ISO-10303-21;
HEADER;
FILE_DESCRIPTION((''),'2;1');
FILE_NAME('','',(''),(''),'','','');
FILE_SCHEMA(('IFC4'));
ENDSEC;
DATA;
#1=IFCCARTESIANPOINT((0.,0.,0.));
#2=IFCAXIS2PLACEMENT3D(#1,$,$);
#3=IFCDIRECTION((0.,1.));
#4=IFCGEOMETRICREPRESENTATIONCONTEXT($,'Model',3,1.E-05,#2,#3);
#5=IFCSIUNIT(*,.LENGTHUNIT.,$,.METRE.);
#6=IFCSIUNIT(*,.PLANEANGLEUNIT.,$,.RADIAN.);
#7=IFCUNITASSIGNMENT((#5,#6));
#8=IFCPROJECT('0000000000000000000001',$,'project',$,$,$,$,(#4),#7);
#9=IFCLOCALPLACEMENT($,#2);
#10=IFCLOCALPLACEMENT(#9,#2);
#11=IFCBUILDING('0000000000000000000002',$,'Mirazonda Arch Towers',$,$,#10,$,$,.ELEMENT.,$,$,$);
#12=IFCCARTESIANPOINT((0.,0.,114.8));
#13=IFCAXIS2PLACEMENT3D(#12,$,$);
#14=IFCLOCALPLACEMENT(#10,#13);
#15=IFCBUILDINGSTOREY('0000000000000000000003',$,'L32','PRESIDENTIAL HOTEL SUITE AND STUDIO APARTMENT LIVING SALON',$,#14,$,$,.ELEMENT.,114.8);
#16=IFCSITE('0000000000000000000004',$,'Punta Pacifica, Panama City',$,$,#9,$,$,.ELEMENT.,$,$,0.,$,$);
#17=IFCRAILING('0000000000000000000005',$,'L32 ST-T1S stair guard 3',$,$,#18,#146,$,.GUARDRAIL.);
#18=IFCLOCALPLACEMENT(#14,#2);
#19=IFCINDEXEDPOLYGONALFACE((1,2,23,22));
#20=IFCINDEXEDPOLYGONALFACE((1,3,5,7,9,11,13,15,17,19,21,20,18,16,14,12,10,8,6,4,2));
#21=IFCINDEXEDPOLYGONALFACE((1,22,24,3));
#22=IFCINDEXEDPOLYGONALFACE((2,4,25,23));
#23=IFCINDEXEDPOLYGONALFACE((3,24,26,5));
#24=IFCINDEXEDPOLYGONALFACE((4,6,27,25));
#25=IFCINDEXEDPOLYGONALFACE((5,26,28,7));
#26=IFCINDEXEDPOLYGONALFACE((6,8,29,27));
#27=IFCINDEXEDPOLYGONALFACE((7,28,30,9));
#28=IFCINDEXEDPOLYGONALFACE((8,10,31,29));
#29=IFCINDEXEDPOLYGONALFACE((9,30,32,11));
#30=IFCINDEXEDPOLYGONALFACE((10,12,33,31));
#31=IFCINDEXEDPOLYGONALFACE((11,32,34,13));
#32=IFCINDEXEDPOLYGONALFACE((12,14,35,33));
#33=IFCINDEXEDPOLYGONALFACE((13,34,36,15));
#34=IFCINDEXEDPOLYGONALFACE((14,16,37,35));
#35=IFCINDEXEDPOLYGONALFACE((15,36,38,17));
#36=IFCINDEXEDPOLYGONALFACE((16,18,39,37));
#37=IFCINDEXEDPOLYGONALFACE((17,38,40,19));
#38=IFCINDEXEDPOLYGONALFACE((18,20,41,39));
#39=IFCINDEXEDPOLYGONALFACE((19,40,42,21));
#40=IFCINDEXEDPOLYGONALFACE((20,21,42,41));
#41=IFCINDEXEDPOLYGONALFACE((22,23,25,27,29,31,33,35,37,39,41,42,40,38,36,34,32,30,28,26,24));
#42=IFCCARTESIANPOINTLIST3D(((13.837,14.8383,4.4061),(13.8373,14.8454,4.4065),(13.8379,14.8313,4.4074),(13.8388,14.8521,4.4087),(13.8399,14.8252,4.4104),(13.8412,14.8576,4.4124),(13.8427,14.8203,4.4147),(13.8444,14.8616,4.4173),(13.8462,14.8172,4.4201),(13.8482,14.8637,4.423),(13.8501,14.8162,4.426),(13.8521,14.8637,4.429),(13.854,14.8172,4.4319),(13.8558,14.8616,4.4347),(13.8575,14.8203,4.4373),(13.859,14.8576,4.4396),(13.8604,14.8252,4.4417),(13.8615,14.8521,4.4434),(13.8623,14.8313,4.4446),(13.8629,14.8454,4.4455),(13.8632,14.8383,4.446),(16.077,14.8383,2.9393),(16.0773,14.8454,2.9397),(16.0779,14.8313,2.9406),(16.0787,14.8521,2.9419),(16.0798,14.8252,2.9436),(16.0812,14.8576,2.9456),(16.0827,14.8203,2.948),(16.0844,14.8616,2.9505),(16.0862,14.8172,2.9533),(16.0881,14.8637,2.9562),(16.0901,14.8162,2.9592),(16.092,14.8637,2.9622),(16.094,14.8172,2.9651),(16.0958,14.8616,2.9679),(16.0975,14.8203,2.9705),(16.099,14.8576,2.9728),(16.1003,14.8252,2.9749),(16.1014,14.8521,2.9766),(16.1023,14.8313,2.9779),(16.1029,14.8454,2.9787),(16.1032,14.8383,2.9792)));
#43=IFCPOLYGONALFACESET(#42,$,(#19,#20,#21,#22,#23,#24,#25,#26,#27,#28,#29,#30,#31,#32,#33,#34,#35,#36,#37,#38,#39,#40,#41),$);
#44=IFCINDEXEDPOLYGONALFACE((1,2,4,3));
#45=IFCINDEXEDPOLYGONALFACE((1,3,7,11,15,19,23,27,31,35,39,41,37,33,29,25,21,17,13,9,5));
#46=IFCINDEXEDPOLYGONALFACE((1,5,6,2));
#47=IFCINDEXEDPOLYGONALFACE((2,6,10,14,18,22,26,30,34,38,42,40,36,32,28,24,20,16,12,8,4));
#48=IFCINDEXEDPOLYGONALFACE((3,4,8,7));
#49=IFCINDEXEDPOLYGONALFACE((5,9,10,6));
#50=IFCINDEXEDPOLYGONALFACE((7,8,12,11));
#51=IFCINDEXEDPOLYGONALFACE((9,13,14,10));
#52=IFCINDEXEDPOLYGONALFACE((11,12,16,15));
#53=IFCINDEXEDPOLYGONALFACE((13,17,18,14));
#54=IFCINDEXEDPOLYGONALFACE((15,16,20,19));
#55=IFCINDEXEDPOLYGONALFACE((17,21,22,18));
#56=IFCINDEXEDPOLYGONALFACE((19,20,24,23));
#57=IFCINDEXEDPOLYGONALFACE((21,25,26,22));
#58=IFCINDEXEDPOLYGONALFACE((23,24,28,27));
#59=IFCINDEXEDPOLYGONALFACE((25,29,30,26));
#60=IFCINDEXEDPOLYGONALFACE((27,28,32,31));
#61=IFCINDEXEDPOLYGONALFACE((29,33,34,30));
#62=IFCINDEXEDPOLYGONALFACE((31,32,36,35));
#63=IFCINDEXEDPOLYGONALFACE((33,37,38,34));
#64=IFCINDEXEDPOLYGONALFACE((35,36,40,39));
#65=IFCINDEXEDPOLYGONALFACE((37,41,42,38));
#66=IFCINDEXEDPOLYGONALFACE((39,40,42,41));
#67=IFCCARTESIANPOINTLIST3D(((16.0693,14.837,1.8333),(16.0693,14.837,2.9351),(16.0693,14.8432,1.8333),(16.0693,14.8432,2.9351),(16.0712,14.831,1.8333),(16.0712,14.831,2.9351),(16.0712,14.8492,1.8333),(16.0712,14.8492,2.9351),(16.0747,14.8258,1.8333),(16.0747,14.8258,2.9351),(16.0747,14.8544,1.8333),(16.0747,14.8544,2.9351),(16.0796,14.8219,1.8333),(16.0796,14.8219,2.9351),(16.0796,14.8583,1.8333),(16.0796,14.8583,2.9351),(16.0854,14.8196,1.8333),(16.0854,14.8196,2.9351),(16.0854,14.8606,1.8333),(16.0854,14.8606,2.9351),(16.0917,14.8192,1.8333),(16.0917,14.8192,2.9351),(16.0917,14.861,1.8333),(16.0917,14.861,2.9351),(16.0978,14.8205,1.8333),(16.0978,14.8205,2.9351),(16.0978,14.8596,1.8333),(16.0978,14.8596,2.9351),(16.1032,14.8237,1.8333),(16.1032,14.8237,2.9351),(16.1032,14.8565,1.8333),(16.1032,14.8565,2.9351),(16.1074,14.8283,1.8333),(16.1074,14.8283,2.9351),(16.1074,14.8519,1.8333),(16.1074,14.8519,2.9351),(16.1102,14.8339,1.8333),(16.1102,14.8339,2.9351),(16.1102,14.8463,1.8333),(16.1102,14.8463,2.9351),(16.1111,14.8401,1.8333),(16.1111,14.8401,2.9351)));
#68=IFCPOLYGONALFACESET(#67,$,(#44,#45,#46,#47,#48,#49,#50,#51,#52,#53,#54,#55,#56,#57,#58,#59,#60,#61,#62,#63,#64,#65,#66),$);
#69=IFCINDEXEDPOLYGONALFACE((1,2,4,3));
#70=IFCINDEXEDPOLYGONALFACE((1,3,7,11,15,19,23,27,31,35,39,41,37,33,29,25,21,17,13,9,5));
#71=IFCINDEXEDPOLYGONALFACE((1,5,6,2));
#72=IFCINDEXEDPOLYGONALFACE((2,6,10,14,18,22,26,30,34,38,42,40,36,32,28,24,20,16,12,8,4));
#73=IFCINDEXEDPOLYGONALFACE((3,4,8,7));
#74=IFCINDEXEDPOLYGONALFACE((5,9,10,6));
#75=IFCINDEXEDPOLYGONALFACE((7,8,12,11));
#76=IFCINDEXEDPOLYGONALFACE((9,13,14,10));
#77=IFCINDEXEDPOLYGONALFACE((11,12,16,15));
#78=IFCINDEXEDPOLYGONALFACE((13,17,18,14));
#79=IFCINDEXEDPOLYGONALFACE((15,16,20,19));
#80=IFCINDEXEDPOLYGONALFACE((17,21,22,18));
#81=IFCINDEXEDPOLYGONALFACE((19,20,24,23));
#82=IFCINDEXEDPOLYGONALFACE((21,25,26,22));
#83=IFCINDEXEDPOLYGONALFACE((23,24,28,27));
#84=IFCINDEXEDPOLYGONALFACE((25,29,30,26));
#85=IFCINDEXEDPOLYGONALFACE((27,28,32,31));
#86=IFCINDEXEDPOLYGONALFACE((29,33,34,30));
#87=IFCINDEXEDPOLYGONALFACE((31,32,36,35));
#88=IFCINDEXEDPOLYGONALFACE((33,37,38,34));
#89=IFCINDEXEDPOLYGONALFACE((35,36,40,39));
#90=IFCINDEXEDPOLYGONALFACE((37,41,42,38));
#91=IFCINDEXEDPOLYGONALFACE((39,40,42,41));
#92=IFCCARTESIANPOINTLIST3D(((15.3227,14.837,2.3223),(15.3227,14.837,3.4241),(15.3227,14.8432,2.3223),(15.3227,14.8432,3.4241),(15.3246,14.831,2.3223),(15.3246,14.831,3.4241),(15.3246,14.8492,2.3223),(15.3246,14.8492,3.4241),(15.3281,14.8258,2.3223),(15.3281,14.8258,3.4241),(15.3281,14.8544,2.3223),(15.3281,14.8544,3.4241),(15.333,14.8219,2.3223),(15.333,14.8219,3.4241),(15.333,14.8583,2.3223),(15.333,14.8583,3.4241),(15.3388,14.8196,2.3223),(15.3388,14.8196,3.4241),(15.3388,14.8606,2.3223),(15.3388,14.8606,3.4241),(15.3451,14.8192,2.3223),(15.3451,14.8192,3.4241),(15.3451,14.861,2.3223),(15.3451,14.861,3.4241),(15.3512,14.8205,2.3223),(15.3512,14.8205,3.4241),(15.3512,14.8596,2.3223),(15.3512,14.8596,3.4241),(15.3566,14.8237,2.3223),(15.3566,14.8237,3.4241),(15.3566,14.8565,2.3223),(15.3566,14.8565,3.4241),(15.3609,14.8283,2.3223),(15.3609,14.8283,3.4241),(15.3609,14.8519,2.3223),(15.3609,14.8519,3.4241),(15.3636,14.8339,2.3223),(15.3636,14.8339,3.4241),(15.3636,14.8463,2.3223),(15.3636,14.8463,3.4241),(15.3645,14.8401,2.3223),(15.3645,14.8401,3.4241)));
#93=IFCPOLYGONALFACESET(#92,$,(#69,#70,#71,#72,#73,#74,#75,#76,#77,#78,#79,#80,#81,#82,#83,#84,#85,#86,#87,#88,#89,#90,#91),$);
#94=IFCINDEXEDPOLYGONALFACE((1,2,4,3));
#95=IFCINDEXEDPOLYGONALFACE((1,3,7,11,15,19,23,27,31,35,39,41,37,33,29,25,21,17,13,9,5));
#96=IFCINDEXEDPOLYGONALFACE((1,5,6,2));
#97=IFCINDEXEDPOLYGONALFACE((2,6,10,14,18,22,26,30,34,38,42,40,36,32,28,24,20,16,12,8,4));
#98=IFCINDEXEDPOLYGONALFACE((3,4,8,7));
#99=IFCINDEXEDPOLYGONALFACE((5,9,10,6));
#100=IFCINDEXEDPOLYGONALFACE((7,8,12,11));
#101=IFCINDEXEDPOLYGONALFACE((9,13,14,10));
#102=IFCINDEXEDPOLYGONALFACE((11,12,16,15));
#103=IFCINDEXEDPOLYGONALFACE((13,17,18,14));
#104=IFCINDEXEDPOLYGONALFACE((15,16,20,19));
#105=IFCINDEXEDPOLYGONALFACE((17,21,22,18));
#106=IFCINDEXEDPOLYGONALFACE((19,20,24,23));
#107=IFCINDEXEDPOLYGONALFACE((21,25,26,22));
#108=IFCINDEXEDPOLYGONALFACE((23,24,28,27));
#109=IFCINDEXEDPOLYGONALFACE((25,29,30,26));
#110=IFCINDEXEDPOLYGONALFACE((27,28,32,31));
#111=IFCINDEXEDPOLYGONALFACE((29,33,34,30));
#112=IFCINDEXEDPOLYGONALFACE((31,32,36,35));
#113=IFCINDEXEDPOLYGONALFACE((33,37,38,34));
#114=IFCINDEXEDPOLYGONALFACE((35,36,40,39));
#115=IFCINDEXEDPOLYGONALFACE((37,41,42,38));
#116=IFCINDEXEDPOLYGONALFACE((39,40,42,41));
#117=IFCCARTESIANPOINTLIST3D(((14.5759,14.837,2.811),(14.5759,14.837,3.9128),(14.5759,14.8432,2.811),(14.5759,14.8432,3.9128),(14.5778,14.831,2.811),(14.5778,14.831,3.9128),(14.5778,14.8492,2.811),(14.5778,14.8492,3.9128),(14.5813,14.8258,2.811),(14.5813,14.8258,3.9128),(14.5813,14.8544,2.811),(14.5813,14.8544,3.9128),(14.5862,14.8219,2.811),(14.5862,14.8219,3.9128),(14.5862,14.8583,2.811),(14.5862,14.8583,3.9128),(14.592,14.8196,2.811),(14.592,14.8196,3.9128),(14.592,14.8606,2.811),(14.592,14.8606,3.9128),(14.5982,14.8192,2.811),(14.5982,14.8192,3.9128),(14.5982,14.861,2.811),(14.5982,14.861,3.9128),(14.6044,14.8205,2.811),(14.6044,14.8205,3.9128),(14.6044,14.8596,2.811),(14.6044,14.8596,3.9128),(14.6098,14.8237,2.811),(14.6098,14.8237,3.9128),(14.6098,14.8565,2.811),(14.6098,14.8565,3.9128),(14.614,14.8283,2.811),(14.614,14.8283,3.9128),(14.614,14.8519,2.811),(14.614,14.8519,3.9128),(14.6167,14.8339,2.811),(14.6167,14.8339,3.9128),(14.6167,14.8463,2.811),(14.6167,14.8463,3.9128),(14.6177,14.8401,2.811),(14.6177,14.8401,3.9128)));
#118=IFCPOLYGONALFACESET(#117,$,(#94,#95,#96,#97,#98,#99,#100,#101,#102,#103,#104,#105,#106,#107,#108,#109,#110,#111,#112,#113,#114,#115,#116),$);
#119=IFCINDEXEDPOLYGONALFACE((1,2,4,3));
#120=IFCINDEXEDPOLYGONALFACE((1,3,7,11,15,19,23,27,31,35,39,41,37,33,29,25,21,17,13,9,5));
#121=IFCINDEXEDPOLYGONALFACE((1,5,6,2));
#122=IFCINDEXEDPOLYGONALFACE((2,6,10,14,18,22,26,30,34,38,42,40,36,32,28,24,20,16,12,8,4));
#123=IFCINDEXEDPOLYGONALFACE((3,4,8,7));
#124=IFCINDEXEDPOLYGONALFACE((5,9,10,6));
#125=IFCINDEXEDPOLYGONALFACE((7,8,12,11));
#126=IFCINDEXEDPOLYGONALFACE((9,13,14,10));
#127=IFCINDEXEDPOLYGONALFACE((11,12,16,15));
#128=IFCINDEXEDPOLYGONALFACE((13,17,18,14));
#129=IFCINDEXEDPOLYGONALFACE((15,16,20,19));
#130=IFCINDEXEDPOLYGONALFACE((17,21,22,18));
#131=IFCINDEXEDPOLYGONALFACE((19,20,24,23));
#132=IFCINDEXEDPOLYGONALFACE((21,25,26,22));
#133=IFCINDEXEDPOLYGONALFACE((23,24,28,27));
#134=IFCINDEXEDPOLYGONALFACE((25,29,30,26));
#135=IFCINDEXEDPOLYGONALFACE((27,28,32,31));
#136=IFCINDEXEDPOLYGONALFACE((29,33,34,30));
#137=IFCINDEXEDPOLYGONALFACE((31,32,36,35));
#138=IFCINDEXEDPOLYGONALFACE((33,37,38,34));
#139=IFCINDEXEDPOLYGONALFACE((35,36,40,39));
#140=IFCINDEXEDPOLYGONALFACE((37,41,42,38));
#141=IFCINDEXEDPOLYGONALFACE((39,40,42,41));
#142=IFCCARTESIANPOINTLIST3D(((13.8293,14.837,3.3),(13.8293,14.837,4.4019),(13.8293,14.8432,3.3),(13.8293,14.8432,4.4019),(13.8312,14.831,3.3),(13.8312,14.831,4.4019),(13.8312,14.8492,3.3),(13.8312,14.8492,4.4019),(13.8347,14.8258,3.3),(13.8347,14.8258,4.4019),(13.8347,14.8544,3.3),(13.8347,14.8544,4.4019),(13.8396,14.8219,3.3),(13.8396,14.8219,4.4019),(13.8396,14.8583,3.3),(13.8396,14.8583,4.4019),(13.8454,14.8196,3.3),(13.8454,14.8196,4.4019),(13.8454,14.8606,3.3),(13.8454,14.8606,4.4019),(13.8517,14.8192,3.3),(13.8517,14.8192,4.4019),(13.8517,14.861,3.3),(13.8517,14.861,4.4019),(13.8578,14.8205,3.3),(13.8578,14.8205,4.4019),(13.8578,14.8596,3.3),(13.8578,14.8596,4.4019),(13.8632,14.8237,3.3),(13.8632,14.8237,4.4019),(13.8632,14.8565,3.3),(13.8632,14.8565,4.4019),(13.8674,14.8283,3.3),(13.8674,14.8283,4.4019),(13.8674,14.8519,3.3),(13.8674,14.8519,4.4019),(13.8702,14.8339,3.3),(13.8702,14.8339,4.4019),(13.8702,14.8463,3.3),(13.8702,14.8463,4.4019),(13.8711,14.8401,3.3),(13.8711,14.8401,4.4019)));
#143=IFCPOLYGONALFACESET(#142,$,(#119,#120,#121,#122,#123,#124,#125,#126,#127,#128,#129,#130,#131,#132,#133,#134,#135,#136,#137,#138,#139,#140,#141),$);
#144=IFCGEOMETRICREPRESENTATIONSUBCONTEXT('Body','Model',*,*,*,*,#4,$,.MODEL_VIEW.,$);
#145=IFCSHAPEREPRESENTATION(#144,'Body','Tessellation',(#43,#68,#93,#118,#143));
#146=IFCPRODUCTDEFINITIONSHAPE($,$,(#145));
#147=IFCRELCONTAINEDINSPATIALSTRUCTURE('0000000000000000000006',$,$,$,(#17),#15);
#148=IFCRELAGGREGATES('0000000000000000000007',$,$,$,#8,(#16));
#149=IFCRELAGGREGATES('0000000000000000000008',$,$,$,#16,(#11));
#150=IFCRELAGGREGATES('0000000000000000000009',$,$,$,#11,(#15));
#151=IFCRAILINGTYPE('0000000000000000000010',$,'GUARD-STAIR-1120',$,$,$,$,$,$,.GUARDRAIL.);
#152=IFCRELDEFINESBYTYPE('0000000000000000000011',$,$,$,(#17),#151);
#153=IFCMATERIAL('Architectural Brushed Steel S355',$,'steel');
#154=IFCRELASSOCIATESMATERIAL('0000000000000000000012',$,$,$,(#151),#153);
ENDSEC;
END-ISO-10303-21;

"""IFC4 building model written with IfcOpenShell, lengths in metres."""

from ifc_helpers import new_model, si_unit, direction, frame, origin, origin_2d, place, context, subcontext, project, spatial, circle, extrude, material, type_object, element, save


model = new_model("IFC4")

# Units and contexts
model_context = context("Model", 3, precision=1e-05, world=origin(), true_north=direction((0.0, 1.0)))
body_context = subcontext(model_context, "Body", "Model", "MODEL_VIEW")
ifc_project = project(units=[si_unit("LENGTHUNIT", "METRE"), si_unit("PLANEANGLEUNIT", "RADIAN")], contexts=[model_context])

# Site, building, storey
site_placement = place(None, origin())
site = spatial("IfcSite", under=ifc_project, at=site_placement, Name="Punta Pacifica, Panama City", CompositionType="ELEMENT", RefElevation=0.0)
building_placement = place(site_placement, origin())
building = spatial("IfcBuilding", under=site, at=building_placement, Name="Mirazonda Arch Towers", CompositionType="ELEMENT")
storey_placement = place(building_placement, frame((0.0, 0.0, 114.8)))
storey = spatial("IfcBuildingStorey", under=building, at=storey_placement, Name="L32", Description="PRESIDENTIAL HOTEL SUITE AND STUDIO APARTMENT LIVING SALON", CompositionType="ELEMENT", Elevation=114.8)

# Shared definitions
ifc_material_1 = material(Name="Architectural Brushed Steel S355", Category="steel")

# Railing
railing_type_1 = type_object("IfcRailingType", Name="GUARD-STAIR-1120", PredefinedType="GUARDRAIL", material=ifc_material_1)
railing_1_placement = place(storey_placement, frame((16.0901, 14.8401, 1.8333)))
element("IfcRailing", 1, at=railing_1_placement, inside=storey, type_object=railing_type_1, Name="L32 ST-T1S stair guard 3", PredefinedType="GUARDRAIL", context=body_context, shape_type="SweptSolid", body=[
    extrude(circle(Radius=0.0239, at=origin_2d()), frame((0.0, 0.0, 1.126), z_axis=(-0.836595, 0.0, 0.547822), x_axis=(0.0, -1.0, 0.0)), (0.0, 0.0, 1.0), 2.6775),
    extrude(circle(Radius=0.021, at=origin_2d()), origin(), (0.0, 0.0, 1.0), 1.1018),
    extrude(circle(Radius=0.021, at=origin_2d()), frame((-0.7466, 0.0, 0.489)), (0.0, 0.0, 1.0), 1.1018),
    extrude(circle(Radius=0.021, at=origin_2d()), frame((-1.4934, 0.0, 0.9778)), (0.0, 0.0, 1.0), 1.1018),
    extrude(circle(Radius=0.021, at=origin_2d()), frame((-2.24, 0.0, 1.4668)), (0.0, 0.0, 1.0), 1.1018),
])

save(model, "model.ifc")
